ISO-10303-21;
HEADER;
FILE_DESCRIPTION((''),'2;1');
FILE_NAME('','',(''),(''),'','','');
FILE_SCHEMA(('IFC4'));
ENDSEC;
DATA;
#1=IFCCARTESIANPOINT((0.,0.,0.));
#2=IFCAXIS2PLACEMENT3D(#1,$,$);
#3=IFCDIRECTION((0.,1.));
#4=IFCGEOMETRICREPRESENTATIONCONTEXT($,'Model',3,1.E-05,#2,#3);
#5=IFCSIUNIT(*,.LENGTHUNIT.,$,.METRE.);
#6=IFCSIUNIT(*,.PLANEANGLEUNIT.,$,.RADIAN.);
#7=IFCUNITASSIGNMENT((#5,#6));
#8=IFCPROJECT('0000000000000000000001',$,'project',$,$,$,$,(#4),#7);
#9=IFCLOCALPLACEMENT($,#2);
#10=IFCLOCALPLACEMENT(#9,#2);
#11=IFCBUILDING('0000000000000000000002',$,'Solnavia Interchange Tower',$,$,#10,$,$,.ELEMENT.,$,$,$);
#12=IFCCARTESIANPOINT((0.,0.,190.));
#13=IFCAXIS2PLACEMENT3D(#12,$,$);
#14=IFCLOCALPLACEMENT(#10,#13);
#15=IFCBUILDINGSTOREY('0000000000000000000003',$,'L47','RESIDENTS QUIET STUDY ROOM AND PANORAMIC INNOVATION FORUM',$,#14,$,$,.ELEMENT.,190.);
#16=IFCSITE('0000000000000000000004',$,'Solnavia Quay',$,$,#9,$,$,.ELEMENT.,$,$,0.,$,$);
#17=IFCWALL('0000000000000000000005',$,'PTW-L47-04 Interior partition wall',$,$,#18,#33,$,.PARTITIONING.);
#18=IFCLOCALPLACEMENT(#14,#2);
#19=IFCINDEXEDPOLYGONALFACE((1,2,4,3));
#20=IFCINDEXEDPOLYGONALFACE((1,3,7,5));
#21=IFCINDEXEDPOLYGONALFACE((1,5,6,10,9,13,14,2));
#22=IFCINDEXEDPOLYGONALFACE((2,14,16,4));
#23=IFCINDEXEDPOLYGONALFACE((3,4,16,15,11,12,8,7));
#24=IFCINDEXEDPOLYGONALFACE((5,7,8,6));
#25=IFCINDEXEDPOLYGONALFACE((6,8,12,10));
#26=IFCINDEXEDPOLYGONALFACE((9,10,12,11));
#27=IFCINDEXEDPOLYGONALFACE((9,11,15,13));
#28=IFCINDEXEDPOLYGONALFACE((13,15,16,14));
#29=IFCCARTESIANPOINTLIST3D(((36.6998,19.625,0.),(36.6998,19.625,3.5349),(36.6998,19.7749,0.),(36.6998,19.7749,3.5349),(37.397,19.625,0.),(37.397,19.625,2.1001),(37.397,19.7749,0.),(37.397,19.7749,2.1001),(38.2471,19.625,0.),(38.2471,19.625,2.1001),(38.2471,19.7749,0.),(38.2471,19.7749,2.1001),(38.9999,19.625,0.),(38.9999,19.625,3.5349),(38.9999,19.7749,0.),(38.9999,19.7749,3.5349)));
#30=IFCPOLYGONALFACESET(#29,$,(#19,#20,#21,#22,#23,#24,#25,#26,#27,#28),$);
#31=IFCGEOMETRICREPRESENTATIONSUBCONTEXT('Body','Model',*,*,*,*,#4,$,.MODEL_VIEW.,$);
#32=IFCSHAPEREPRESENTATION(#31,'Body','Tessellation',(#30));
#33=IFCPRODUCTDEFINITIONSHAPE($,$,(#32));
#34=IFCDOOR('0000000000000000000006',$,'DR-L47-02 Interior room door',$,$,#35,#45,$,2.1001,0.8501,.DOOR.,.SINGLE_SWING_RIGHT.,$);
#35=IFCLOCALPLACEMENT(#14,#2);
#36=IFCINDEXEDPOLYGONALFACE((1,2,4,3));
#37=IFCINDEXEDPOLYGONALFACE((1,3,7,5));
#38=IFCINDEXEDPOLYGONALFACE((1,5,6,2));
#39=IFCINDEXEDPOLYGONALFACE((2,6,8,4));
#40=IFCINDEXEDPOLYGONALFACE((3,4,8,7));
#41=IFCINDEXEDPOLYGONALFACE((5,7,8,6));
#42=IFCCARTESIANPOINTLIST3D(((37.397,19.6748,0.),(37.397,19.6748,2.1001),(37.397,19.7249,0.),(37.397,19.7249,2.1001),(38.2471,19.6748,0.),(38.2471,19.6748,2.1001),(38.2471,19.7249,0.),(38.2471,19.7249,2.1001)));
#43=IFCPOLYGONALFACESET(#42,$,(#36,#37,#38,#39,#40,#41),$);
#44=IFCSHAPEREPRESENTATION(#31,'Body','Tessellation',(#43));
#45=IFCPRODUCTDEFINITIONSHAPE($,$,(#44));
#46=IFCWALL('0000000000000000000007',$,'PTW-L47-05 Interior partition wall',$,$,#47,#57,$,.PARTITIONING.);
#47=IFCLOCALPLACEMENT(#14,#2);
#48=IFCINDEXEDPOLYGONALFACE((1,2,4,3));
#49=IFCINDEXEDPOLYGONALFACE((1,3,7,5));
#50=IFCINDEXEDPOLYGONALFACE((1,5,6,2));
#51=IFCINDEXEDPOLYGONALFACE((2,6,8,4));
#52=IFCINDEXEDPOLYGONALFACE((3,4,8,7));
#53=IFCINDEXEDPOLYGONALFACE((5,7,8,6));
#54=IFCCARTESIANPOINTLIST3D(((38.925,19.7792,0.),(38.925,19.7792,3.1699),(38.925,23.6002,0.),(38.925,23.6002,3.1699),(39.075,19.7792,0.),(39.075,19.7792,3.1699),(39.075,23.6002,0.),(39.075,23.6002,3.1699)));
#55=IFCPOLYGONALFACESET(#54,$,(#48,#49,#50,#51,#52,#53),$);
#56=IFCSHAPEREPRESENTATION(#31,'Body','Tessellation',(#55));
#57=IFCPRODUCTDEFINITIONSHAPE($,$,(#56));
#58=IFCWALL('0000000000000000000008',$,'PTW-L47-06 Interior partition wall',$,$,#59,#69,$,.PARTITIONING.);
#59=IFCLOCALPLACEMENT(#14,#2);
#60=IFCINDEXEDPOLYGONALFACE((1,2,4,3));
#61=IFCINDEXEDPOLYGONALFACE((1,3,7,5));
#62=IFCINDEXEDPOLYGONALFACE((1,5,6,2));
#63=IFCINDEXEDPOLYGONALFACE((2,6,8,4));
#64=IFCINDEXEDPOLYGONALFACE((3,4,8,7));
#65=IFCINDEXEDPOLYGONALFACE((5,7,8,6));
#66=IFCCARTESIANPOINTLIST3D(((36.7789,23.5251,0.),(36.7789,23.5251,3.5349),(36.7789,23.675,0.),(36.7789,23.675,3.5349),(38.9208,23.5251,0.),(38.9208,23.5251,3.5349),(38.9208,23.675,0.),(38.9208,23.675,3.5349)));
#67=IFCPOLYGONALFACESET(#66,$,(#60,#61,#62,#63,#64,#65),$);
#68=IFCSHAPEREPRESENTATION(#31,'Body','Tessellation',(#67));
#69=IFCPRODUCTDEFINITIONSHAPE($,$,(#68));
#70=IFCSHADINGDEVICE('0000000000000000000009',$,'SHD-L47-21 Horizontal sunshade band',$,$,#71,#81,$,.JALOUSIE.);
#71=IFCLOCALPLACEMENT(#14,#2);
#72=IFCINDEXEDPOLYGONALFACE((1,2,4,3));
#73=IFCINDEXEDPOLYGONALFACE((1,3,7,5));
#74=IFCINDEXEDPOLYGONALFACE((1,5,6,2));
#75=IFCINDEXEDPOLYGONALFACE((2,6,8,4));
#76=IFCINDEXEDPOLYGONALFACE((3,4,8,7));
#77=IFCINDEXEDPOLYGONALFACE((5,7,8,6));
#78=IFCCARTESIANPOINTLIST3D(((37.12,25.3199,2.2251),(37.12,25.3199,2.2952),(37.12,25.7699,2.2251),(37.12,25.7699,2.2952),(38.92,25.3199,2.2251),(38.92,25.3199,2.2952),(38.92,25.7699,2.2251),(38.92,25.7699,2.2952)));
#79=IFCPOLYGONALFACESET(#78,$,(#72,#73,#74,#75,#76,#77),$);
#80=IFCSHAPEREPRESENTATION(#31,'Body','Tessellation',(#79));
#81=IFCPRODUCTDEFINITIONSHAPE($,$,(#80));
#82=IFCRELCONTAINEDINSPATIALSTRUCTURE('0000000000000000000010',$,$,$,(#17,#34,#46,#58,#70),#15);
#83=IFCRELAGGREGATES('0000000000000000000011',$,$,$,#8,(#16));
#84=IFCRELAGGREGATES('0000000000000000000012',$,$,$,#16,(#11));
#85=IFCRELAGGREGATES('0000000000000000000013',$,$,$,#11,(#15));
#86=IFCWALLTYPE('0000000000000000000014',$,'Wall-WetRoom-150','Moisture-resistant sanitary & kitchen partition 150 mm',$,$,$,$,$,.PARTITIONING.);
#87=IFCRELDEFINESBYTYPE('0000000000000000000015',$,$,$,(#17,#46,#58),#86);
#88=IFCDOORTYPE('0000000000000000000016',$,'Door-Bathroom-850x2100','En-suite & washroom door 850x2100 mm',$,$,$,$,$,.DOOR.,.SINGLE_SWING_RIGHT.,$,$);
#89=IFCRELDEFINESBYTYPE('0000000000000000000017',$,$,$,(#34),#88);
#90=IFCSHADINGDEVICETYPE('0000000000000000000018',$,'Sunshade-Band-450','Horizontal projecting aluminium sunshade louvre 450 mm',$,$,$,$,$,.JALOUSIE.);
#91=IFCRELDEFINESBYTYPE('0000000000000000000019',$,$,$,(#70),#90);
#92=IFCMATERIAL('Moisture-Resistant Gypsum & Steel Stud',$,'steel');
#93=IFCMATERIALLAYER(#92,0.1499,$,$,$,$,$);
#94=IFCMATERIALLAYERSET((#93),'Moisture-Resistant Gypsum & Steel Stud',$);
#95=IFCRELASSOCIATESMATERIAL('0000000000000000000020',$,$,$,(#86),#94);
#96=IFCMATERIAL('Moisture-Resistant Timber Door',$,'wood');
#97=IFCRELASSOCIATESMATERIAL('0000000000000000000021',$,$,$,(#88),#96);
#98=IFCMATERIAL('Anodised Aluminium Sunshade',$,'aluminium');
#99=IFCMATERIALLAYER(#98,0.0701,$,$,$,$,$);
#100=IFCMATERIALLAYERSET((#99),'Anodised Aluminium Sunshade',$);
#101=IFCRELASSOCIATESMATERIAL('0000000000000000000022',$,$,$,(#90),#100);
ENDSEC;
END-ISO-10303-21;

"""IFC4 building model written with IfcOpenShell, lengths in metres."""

from ifc_helpers import new_model, si_unit, direction, frame, frame_2d, origin, origin_2d, place, context, subcontext, project, spatial, rectangle, extrude, material, layer, layer_set, type_object, element, fill, save


model = new_model("IFC4")

# Units and contexts
model_context = context("Model", 3, precision=1e-05, world=origin(), true_north=direction((0.0, 1.0)))
body_context = subcontext(model_context, "Body", "Model", "MODEL_VIEW")
ifc_project = project(units=[si_unit("LENGTHUNIT", "METRE"), si_unit("PLANEANGLEUNIT", "RADIAN")], contexts=[model_context])

# Site, building, storey
site_placement = place(None, origin())
site = spatial("IfcSite", under=ifc_project, at=site_placement, Name="Solnavia Quay", CompositionType="ELEMENT", RefElevation=0.0)
building_placement = place(site_placement, origin())
building = spatial("IfcBuilding", under=site, at=building_placement, Name="Solnavia Interchange Tower", CompositionType="ELEMENT")
storey_placement = place(building_placement, frame((0.0, 0.0, 190.0)))
storey = spatial("IfcBuildingStorey", under=building, at=storey_placement, Name="L47", Description="RESIDENTS QUIET STUDY ROOM AND PANORAMIC INNOVATION FORUM", CompositionType="ELEMENT", Elevation=190.0)

# Shared definitions
ifc_material_1 = material(Name="Moisture-Resistant Gypsum & Steel Stud", Category="steel")
ifc_layer_1 = layer(ifc_material_1, 0.1499)
ifc_layer_set_1 = layer_set([ifc_layer_1], Name="Moisture-Resistant Gypsum & Steel Stud")
wall_type_1 = type_object("IfcWallType", Name="Wall-WetRoom-150", Description="Moisture-resistant sanitary & kitchen partition 150 mm", PredefinedType="PARTITIONING", material=ifc_layer_set_1)

# Wall, opening, door
wall_1_placement = place(storey_placement, frame((36.7, 19.7, 0.0), z_axis=(0.0, 0.0, 1.0), x_axis=(1.0, 0.0, 0.0)))
wall_1 = element("IfcWall", 1, at=wall_1_placement, inside=storey, type_object=wall_type_1, Name="PTW-L47-04 Interior partition wall", PredefinedType="PARTITIONING", context=body_context, shape_type="SweptSolid", body=[
    extrude(rectangle(XDim=2.3, YDim=0.1499, at=frame_2d((1.1499, 0.0))), origin(), (0.0, 0.0, 1.0), 3.5349),
])
opening_1_placement = place(wall_1_placement, frame((0.697, 0.0, 0.0)))
opening_1 = element("IfcOpeningElement", 2, at=opening_1_placement, cuts=wall_1, PredefinedType="OPENING", context=body_context, shape_type="SweptSolid", body=[
    extrude(rectangle(XDim=0.8501, YDim=2.1001, at=frame_2d((0.425, 1.05))), frame((0.0, 0.085, 0.0), z_axis=(0.0, -1.0, 0.0), x_axis=(1.0, 0.0, 0.0)), (0.0, 0.0, 1.0), 0.1699),
])
ifc_material_2 = material(Name="Moisture-Resistant Timber Door", Category="wood")
door_type_1 = type_object("IfcDoorType", Name="Door-Bathroom-850x2100", Description="En-suite & washroom door 850x2100 mm", OperationType="SINGLE_SWING_RIGHT", PredefinedType="DOOR", material=ifc_material_2)
door_1_placement = place(opening_1_placement, origin())
door_1 = element("IfcDoor", 3, at=door_1_placement, inside=storey, type_object=door_type_1, Name="DR-L47-02 Interior room door", OperationType="SINGLE_SWING_RIGHT", OverallHeight=2.1001, OverallWidth=0.8501, PredefinedType="DOOR", context=body_context, shape_type="SweptSolid", body=[
    extrude(rectangle(XDim=0.8501, YDim=2.1001, at=frame_2d((0.425, 1.05))), frame((0.0, 0.0249, 0.0), z_axis=(0.0, -1.0, 0.0), x_axis=(1.0, 0.0, 0.0)), (0.0, 0.0, 1.0), 0.05),
])
fill(opening_1, door_1)

# Walls
wall_2_placement = place(storey_placement, frame((39.0, 19.7791, 0.0), z_axis=(0.0, 0.0, 1.0), x_axis=(0.0, 1.0, 0.0)))
element("IfcWall", 4, at=wall_2_placement, inside=storey, type_object=wall_type_1, Name="PTW-L47-05 Interior partition wall", PredefinedType="PARTITIONING", context=body_context, shape_type="SweptSolid", body=[
    extrude(rectangle(XDim=3.821, YDim=0.1499, at=frame_2d((1.9106, 0.0))), origin(), (0.0, 0.0, 1.0), 3.1699),
])
wall_3_placement = place(storey_placement, frame((36.7791, 23.6001, 0.0), z_axis=(0.0, 0.0, 1.0), x_axis=(1.0, 0.0, 0.0)))
element("IfcWall", 5, at=wall_3_placement, inside=storey, type_object=wall_type_1, Name="PTW-L47-06 Interior partition wall", PredefinedType="PARTITIONING", context=body_context, shape_type="SweptSolid", body=[
    extrude(rectangle(XDim=2.1418, YDim=0.1499, at=frame_2d((1.0708, 0.0))), origin(), (0.0, 0.0, 1.0), 3.5349),
])

# Shading device
ifc_material_3 = material(Name="Anodised Aluminium Sunshade", Category="aluminium")
ifc_layer_2 = layer(ifc_material_3, 0.0701)
ifc_layer_set_2 = layer_set([ifc_layer_2], Name="Anodised Aluminium Sunshade")
shading_device_type = type_object("IfcShadingDeviceType", Name="Sunshade-Band-450", Description="Horizontal projecting aluminium sunshade louvre 450 mm", PredefinedType="JALOUSIE", material=ifc_layer_set_2)
shading_device_placement = place(storey_placement, frame((38.02, 25.5449, 2.2251), z_axis=(0.0, 0.0, 1.0), x_axis=(1.0, 0.0, 0.0)))
element("IfcShadingDevice", 6, at=shading_device_placement, inside=storey, type_object=shading_device_type, Name="SHD-L47-21 Horizontal sunshade band", PredefinedType="JALOUSIE", context=body_context, shape_type="SweptSolid", body=[
    extrude(rectangle(XDim=1.8, YDim=0.45, at=origin_2d()), origin(), (0.0, 0.0, 1.0), 0.0701),
])

save(model, "model.ifc")
